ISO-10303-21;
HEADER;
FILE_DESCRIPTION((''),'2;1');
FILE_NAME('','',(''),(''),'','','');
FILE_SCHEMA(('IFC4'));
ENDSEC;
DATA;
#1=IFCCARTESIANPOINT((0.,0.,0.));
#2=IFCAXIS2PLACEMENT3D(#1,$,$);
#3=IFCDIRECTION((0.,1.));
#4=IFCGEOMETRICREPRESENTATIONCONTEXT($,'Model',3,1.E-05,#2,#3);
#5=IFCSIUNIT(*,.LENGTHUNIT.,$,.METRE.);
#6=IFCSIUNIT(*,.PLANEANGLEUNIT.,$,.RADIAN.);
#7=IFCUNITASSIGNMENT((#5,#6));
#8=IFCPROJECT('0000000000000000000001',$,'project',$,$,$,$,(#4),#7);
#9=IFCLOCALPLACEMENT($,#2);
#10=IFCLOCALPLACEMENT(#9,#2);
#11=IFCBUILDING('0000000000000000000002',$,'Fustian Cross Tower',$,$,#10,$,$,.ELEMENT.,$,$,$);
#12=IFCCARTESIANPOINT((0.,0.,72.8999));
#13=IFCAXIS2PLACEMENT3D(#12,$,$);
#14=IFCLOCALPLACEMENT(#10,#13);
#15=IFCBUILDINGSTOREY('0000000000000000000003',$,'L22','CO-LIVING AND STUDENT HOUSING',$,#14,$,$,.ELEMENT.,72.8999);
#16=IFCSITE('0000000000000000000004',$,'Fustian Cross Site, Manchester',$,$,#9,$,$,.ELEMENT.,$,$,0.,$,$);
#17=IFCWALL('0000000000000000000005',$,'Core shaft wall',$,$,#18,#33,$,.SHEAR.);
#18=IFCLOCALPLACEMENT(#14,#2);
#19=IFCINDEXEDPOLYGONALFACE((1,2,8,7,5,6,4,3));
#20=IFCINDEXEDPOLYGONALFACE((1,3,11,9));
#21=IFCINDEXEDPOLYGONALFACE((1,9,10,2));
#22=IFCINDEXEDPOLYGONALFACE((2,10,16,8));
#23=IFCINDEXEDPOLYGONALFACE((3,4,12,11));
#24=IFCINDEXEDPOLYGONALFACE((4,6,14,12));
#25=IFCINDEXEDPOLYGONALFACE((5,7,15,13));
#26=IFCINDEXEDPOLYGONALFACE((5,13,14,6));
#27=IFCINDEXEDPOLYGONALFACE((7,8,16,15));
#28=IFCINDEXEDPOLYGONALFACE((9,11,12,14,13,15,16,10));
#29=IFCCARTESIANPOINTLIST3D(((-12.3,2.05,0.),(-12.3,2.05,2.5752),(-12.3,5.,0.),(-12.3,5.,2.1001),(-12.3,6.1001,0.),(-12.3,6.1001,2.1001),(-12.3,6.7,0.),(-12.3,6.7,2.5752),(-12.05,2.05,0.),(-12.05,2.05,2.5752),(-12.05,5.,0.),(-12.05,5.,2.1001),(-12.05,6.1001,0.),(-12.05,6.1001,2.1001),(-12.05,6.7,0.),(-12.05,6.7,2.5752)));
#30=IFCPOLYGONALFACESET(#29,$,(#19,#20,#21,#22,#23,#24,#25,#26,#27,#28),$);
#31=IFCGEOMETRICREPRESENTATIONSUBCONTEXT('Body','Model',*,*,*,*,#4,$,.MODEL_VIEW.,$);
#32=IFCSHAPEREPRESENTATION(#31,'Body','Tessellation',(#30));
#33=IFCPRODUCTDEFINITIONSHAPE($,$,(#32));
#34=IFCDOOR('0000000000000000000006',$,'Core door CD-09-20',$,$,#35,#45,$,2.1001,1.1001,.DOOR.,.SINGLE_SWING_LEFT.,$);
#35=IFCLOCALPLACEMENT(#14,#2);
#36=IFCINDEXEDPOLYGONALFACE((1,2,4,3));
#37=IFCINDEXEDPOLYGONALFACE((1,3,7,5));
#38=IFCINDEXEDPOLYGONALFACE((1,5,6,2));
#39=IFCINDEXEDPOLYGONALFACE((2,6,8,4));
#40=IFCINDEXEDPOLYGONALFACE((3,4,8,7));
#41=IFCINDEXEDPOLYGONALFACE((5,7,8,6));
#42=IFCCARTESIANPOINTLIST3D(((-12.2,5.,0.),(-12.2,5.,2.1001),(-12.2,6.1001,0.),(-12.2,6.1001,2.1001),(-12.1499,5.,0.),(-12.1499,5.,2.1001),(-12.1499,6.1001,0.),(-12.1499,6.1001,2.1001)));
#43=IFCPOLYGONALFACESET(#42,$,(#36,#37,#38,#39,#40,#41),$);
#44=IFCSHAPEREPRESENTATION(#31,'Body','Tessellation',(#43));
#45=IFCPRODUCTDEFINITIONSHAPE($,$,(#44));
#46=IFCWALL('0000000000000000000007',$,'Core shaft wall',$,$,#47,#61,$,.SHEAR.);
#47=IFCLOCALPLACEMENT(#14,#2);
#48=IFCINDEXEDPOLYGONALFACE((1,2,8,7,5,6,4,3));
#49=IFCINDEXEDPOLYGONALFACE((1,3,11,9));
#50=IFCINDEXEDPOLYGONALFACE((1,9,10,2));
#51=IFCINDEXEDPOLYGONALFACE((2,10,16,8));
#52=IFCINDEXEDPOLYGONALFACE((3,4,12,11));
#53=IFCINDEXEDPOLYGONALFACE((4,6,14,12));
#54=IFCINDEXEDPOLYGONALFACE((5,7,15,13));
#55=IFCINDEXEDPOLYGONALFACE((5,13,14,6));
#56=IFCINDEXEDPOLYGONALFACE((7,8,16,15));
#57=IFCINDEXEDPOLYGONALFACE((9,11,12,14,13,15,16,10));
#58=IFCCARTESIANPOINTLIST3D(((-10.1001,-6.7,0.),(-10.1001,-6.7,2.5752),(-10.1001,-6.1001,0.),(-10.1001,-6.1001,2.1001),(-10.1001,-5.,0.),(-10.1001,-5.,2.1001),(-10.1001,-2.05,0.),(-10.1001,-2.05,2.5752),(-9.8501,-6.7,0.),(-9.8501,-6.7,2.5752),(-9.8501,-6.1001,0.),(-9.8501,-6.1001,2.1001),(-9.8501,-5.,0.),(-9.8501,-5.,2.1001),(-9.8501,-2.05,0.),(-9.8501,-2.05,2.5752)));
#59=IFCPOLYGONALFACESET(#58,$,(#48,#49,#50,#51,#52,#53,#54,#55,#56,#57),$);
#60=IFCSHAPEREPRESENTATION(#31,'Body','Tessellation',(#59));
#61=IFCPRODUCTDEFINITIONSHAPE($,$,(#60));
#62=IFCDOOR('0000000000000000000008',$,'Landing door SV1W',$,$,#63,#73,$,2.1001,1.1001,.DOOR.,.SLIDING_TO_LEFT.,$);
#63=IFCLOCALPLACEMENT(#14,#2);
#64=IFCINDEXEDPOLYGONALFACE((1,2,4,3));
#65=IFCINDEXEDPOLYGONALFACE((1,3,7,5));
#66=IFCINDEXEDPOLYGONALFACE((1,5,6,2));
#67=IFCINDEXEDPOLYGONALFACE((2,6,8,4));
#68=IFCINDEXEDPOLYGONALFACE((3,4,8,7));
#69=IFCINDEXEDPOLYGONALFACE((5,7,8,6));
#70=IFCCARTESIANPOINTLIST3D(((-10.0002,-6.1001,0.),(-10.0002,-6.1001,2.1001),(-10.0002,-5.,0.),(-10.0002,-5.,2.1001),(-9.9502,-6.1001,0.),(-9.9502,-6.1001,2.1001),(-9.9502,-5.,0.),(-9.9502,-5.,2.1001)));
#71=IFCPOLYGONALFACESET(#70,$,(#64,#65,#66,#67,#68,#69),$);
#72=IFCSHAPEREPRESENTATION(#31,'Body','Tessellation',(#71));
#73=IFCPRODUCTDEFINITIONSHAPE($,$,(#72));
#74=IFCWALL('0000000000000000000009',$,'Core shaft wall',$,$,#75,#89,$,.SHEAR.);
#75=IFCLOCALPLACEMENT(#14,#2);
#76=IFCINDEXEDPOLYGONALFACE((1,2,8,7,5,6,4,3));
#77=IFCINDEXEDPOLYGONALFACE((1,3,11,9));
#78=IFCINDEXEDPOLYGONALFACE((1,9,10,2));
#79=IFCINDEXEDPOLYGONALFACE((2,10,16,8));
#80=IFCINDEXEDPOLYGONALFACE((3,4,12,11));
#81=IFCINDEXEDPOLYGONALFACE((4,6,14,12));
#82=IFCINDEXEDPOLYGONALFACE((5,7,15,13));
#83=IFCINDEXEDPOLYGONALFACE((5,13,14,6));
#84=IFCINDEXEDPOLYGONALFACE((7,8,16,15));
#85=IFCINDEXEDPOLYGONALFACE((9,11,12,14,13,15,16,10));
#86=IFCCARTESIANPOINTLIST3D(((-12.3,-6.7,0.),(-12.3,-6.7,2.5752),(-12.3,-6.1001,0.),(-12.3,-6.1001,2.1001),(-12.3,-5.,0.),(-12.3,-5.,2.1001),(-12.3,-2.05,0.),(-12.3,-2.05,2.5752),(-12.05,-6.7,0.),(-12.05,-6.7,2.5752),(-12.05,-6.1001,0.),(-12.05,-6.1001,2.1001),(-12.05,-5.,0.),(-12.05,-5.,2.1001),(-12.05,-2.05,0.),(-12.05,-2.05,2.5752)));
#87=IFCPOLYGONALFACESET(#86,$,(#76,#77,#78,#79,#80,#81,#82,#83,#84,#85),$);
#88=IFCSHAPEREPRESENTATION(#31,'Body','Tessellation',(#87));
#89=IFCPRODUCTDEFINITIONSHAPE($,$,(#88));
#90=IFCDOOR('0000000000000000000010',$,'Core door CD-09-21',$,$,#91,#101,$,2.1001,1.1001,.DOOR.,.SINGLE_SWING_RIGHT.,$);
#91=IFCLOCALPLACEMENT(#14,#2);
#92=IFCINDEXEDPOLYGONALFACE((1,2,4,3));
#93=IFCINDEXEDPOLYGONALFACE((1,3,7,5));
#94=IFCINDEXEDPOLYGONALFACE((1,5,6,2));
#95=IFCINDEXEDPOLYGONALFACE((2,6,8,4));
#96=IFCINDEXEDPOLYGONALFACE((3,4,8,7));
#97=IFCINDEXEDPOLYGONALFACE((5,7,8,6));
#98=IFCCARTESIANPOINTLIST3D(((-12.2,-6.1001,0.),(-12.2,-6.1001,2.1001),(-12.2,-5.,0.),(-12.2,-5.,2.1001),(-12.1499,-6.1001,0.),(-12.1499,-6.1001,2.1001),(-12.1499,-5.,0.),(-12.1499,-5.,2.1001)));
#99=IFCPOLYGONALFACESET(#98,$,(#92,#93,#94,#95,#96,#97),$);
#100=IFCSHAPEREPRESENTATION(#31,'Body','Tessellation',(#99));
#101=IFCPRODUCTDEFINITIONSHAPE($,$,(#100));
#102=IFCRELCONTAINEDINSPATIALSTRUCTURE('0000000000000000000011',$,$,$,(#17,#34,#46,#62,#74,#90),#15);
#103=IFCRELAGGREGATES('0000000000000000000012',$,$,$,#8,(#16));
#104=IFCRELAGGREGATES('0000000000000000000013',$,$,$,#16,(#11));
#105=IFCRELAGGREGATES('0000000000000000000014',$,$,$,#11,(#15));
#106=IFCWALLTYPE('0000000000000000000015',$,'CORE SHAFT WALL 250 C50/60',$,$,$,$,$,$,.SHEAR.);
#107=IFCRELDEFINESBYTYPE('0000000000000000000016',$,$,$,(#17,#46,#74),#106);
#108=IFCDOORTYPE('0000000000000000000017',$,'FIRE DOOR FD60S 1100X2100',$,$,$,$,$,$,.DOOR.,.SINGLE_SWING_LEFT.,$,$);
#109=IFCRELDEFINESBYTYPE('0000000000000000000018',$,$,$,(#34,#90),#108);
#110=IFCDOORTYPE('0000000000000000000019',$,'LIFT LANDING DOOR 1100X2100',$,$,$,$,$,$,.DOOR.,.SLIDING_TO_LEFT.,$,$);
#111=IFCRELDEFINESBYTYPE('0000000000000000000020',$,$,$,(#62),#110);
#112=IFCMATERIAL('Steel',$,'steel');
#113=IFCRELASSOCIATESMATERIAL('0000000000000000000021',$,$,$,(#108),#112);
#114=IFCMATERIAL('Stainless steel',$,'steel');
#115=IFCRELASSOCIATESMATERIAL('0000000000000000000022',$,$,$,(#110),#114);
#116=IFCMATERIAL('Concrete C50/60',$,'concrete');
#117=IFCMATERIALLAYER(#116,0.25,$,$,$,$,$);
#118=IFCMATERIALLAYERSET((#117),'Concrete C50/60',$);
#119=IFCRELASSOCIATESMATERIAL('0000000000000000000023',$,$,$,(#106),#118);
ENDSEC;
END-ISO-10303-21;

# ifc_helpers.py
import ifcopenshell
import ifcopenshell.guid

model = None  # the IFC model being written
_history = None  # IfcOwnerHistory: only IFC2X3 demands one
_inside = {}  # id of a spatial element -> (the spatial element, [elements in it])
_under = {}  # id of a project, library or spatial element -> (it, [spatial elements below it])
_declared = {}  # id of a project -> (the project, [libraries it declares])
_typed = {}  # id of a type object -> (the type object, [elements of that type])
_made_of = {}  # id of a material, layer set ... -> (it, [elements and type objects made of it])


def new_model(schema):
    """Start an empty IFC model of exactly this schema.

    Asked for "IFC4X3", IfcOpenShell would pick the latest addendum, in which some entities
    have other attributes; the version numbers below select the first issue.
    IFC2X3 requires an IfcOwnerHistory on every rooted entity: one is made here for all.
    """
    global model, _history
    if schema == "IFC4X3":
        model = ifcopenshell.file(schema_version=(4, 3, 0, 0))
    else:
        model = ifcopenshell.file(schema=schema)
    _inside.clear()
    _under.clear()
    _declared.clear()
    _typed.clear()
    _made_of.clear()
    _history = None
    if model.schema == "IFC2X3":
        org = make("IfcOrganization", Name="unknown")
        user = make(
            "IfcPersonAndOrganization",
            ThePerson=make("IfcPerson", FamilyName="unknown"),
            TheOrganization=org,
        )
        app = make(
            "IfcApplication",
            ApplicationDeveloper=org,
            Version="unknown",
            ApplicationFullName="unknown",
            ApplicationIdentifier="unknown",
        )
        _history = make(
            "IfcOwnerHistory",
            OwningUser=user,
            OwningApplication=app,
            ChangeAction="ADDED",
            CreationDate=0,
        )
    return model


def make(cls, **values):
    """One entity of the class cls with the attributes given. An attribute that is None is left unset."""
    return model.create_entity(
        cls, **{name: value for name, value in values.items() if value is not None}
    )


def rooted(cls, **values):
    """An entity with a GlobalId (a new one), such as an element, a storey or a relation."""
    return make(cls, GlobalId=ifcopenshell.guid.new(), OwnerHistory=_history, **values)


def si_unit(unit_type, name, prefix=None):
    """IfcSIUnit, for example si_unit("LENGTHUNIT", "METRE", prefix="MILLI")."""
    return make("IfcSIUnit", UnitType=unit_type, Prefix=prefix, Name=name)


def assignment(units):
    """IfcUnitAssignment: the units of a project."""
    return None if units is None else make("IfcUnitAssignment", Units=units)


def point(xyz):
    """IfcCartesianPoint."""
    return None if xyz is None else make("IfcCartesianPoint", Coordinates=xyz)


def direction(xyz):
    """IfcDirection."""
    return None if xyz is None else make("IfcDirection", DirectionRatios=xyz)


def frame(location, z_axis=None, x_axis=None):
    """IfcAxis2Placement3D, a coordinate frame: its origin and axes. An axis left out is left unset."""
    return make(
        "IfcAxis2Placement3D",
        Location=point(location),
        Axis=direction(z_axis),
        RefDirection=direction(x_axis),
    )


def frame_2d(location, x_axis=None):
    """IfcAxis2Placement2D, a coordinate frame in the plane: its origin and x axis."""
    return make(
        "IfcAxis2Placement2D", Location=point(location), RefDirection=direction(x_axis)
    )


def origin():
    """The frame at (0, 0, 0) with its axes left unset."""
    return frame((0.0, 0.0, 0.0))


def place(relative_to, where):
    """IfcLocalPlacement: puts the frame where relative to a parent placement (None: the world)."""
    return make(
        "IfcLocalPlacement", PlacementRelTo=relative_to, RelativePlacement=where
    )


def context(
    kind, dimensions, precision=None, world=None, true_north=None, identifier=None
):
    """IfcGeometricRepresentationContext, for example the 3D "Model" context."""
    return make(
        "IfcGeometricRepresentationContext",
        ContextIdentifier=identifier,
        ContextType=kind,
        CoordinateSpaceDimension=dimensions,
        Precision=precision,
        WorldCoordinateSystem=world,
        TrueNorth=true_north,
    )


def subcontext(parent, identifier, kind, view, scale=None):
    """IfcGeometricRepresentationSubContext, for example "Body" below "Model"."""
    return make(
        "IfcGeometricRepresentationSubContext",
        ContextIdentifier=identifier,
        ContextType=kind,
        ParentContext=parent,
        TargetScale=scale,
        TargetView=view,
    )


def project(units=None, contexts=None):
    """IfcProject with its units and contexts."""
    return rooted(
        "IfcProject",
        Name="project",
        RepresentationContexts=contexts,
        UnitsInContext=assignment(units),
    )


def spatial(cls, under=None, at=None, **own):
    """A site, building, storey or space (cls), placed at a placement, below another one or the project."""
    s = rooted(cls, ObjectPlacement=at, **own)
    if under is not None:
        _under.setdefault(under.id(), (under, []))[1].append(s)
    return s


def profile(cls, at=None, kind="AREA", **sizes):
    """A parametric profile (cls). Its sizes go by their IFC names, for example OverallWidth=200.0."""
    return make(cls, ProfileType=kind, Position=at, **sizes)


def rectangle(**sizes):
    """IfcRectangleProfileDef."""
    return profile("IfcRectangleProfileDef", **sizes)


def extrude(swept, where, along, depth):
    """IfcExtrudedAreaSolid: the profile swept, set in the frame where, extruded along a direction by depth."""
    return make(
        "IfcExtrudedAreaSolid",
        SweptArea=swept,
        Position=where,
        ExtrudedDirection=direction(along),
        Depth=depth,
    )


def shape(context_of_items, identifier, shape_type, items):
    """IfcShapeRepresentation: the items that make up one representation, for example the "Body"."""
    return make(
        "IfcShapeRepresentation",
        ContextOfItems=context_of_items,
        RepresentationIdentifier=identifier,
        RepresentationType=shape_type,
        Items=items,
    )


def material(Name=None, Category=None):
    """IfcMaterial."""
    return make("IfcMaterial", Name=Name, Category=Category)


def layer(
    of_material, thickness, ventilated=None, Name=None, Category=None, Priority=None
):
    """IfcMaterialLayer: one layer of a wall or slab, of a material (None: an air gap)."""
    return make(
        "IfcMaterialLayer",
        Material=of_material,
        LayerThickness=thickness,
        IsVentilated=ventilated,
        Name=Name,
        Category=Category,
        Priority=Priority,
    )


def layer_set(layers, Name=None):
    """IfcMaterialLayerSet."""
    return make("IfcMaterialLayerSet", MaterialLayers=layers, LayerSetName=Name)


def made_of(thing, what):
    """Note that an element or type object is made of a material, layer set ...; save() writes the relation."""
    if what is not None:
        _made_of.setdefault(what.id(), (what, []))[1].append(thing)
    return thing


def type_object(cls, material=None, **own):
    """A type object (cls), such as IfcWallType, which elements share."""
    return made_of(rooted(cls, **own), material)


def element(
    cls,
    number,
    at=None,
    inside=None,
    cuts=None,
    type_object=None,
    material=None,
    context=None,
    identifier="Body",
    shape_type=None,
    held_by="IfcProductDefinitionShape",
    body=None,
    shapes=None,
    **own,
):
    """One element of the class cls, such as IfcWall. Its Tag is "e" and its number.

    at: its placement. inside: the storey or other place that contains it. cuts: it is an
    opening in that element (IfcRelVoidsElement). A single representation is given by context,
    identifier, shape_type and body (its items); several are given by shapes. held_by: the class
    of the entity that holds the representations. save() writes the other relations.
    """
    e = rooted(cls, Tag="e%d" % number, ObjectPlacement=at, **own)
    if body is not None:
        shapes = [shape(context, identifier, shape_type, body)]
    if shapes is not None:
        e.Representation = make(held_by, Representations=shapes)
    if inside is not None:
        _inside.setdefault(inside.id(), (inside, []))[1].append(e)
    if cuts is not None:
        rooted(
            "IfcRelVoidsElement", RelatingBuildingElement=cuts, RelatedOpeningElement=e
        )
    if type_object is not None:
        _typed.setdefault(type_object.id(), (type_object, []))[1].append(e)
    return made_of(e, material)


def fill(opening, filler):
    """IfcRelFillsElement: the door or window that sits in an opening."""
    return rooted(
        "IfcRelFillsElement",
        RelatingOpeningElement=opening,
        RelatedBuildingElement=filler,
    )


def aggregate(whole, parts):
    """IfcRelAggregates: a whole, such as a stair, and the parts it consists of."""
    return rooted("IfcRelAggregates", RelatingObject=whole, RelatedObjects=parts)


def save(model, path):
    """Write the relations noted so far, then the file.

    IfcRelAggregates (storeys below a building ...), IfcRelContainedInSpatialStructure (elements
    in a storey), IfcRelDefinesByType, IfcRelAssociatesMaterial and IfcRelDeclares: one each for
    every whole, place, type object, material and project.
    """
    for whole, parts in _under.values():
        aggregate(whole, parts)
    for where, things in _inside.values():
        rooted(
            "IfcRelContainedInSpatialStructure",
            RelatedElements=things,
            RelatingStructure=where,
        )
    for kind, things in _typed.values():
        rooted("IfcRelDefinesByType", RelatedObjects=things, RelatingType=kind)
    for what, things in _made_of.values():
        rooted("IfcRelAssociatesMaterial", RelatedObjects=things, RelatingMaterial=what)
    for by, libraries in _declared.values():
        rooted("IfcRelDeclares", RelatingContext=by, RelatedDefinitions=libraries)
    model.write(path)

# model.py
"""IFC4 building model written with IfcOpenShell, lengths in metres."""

from ifc_helpers import new_model, si_unit, direction, frame, frame_2d, origin, place, context, subcontext, project, spatial, rectangle, extrude, material, layer, layer_set, type_object, element, fill, save


model = new_model("IFC4")

# Units and contexts
model_context = context("Model", 3, precision=1e-05, world=origin(), true_north=direction((0.0, 1.0)))
body_context = subcontext(model_context, "Body", "Model", "MODEL_VIEW")
ifc_project = project(units=[si_unit("LENGTHUNIT", "METRE"), si_unit("PLANEANGLEUNIT", "RADIAN")], contexts=[model_context])

# Site, building, storey
site_placement = place(None, origin())
site = spatial("IfcSite", under=ifc_project, at=site_placement, Name="Fustian Cross Site, Manchester", CompositionType="ELEMENT", RefElevation=0.0)
building_placement = place(site_placement, origin())
building = spatial("IfcBuilding", under=site, at=building_placement, Name="Fustian Cross Tower", CompositionType="ELEMENT")
storey_placement = place(building_placement, frame((0.0, 0.0, 72.8999)))
storey = spatial("IfcBuildingStorey", under=building, at=storey_placement, Name="L22", Description="CO-LIVING AND STUDENT HOUSING", CompositionType="ELEMENT", Elevation=72.8999)

# Shared definitions
ifc_material_1 = material(Name="Steel", Category="steel")
door_type_1 = type_object("IfcDoorType", Name="FIRE DOOR FD60S 1100X2100", OperationType="SINGLE_SWING_LEFT", PredefinedType="DOOR", material=ifc_material_1)
ifc_material_2 = material(Name="Stainless steel", Category="steel")
door_type_2 = type_object("IfcDoorType", Name="LIFT LANDING DOOR 1100X2100", OperationType="SLIDING_TO_LEFT", PredefinedType="DOOR", material=ifc_material_2)

# Shared definitions
ifc_material_3 = material(Name="Concrete C50/60", Category="concrete")
ifc_layer_1 = layer(ifc_material_3, 0.25)
ifc_layer_set_1 = layer_set([ifc_layer_1], Name="Concrete C50/60")
wall_type_1 = type_object("IfcWallType", Name="CORE SHAFT WALL 250 C50/60", PredefinedType="SHEAR", material=ifc_layer_set_1)

# Walls, openings, doors
wall_1_placement = place(storey_placement, frame((-12.175, 2.05, 0.0), z_axis=(0.0, 0.0, 1.0), x_axis=(0.0, 1.0, 0.0)))
wall_1 = element("IfcWall", 1, at=wall_1_placement, inside=storey, type_object=wall_type_1, Name="Core shaft wall", PredefinedType="SHEAR", context=body_context, shape_type="SweptSolid", body=[
    extrude(rectangle(XDim=4.6499, YDim=0.25, at=frame_2d((2.325, 0.0))), origin(), (0.0, 0.0, 1.0), 2.5752),
])
opening_1_placement = place(wall_1_placement, frame((2.95, 0.0, 0.0)))
opening_1 = element("IfcOpeningElement", 2, at=opening_1_placement, cuts=wall_1, PredefinedType="OPENING", context=body_context, shape_type="SweptSolid", body=[
    extrude(rectangle(XDim=1.1001, YDim=2.1001, at=frame_2d((0.55, 1.05))), frame((0.0, 0.135, 0.0), z_axis=(0.0, -1.0, 0.0), x_axis=(1.0, 0.0, 0.0)), (0.0, 0.0, 1.0), 0.27),
])
door_1_placement = place(opening_1_placement, origin())
door_1 = element("IfcDoor", 3, at=door_1_placement, inside=storey, type_object=door_type_1, Name="Core door CD-09-20", OperationType="SINGLE_SWING_LEFT", OverallHeight=2.1001, OverallWidth=1.1001, PredefinedType="DOOR", context=body_context, shape_type="SweptSolid", body=[
    extrude(rectangle(XDim=1.1001, YDim=2.1001, at=frame_2d((0.55, 1.05))), frame((0.0, 0.0249, 0.0), z_axis=(0.0, -1.0, 0.0), x_axis=(1.0, 0.0, 0.0)), (0.0, 0.0, 1.0), 0.05),
])
fill(opening_1, door_1)
wall_2_placement = place(storey_placement, frame((-9.9751, -2.05, 0.0), z_axis=(0.0, 0.0, 1.0), x_axis=(0.0, -1.0, 0.0)))
wall_2 = element("IfcWall", 4, at=wall_2_placement, inside=storey, type_object=wall_type_1, Name="Core shaft wall", PredefinedType="SHEAR", context=body_context, shape_type="SweptSolid", body=[
    extrude(rectangle(XDim=4.6499, YDim=0.25, at=frame_2d((2.325, 0.0))), origin(), (0.0, 0.0, 1.0), 2.5752),
])
opening_2_placement = place(wall_2_placement, frame((2.95, 0.0, 0.0)))
opening_2 = element("IfcOpeningElement", 5, at=opening_2_placement, cuts=wall_2, PredefinedType="OPENING", context=body_context, shape_type="SweptSolid", body=[
    extrude(rectangle(XDim=1.1001, YDim=2.1001, at=frame_2d((0.55, 1.05))), frame((0.0, 0.135, 0.0), z_axis=(0.0, -1.0, 0.0), x_axis=(1.0, 0.0, 0.0)), (0.0, 0.0, 1.0), 0.27),
])
door_2_placement = place(opening_2_placement, origin())
door_2 = element("IfcDoor", 6, at=door_2_placement, inside=storey, type_object=door_type_2, Name="Landing door SV1W", OperationType="SLIDING_TO_LEFT", OverallHeight=2.1001, OverallWidth=1.1001, PredefinedType="DOOR", context=body_context, shape_type="SweptSolid", body=[
    extrude(rectangle(XDim=1.1001, YDim=2.1001, at=frame_2d((0.55, 1.05))), frame((0.0, 0.0249, 0.0), z_axis=(0.0, -1.0, 0.0), x_axis=(1.0, 0.0, 0.0)), (0.0, 0.0, 1.0), 0.05),
])
fill(opening_2, door_2)
wall_3_placement = place(storey_placement, frame((-12.175, -2.05, 0.0), z_axis=(0.0, 0.0, 1.0), x_axis=(0.0, -1.0, 0.0)))
wall_3 = element("IfcWall", 7, at=wall_3_placement, inside=storey, type_object=wall_type_1, Name="Core shaft wall", PredefinedType="SHEAR", context=body_context, shape_type="SweptSolid", body=[
    extrude(rectangle(XDim=4.6499, YDim=0.25, at=frame_2d((2.325, 0.0))), origin(), (0.0, 0.0, 1.0), 2.5752),
])
opening_3_placement = place(wall_3_placement, frame((2.95, 0.0, 0.0)))
opening_3 = element("IfcOpeningElement", 8, at=opening_3_placement, cuts=wall_3, PredefinedType="OPENING", context=body_context, shape_type="SweptSolid", body=[
    extrude(rectangle(XDim=1.1001, YDim=2.1001, at=frame_2d((0.55, 1.05))), frame((0.0, 0.135, 0.0), z_axis=(0.0, -1.0, 0.0), x_axis=(1.0, 0.0, 0.0)), (0.0, 0.0, 1.0), 0.27),
])
door_3_placement = place(opening_3_placement, frame((1.1001, 0.0, 0.0), z_axis=(0.0, 0.0, 1.0), x_axis=(-1.0, 0.0, 0.0)))
door_3 = element("IfcDoor", 9, at=door_3_placement, inside=storey, type_object=door_type_1, Name="Core door CD-09-21", OperationType="SINGLE_SWING_RIGHT", OverallHeight=2.1001, OverallWidth=1.1001, PredefinedType="DOOR", context=body_context, shape_type="SweptSolid", body=[
    extrude(rectangle(XDim=1.1001, YDim=2.1001, at=frame_2d((0.55, 1.05))), frame((0.0, 0.0249, 0.0), z_axis=(0.0, -1.0, 0.0), x_axis=(1.0, 0.0, 0.0)), (0.0, 0.0, 1.0), 0.05),
])
fill(opening_3, door_3)

save(model, "model.ifc")
